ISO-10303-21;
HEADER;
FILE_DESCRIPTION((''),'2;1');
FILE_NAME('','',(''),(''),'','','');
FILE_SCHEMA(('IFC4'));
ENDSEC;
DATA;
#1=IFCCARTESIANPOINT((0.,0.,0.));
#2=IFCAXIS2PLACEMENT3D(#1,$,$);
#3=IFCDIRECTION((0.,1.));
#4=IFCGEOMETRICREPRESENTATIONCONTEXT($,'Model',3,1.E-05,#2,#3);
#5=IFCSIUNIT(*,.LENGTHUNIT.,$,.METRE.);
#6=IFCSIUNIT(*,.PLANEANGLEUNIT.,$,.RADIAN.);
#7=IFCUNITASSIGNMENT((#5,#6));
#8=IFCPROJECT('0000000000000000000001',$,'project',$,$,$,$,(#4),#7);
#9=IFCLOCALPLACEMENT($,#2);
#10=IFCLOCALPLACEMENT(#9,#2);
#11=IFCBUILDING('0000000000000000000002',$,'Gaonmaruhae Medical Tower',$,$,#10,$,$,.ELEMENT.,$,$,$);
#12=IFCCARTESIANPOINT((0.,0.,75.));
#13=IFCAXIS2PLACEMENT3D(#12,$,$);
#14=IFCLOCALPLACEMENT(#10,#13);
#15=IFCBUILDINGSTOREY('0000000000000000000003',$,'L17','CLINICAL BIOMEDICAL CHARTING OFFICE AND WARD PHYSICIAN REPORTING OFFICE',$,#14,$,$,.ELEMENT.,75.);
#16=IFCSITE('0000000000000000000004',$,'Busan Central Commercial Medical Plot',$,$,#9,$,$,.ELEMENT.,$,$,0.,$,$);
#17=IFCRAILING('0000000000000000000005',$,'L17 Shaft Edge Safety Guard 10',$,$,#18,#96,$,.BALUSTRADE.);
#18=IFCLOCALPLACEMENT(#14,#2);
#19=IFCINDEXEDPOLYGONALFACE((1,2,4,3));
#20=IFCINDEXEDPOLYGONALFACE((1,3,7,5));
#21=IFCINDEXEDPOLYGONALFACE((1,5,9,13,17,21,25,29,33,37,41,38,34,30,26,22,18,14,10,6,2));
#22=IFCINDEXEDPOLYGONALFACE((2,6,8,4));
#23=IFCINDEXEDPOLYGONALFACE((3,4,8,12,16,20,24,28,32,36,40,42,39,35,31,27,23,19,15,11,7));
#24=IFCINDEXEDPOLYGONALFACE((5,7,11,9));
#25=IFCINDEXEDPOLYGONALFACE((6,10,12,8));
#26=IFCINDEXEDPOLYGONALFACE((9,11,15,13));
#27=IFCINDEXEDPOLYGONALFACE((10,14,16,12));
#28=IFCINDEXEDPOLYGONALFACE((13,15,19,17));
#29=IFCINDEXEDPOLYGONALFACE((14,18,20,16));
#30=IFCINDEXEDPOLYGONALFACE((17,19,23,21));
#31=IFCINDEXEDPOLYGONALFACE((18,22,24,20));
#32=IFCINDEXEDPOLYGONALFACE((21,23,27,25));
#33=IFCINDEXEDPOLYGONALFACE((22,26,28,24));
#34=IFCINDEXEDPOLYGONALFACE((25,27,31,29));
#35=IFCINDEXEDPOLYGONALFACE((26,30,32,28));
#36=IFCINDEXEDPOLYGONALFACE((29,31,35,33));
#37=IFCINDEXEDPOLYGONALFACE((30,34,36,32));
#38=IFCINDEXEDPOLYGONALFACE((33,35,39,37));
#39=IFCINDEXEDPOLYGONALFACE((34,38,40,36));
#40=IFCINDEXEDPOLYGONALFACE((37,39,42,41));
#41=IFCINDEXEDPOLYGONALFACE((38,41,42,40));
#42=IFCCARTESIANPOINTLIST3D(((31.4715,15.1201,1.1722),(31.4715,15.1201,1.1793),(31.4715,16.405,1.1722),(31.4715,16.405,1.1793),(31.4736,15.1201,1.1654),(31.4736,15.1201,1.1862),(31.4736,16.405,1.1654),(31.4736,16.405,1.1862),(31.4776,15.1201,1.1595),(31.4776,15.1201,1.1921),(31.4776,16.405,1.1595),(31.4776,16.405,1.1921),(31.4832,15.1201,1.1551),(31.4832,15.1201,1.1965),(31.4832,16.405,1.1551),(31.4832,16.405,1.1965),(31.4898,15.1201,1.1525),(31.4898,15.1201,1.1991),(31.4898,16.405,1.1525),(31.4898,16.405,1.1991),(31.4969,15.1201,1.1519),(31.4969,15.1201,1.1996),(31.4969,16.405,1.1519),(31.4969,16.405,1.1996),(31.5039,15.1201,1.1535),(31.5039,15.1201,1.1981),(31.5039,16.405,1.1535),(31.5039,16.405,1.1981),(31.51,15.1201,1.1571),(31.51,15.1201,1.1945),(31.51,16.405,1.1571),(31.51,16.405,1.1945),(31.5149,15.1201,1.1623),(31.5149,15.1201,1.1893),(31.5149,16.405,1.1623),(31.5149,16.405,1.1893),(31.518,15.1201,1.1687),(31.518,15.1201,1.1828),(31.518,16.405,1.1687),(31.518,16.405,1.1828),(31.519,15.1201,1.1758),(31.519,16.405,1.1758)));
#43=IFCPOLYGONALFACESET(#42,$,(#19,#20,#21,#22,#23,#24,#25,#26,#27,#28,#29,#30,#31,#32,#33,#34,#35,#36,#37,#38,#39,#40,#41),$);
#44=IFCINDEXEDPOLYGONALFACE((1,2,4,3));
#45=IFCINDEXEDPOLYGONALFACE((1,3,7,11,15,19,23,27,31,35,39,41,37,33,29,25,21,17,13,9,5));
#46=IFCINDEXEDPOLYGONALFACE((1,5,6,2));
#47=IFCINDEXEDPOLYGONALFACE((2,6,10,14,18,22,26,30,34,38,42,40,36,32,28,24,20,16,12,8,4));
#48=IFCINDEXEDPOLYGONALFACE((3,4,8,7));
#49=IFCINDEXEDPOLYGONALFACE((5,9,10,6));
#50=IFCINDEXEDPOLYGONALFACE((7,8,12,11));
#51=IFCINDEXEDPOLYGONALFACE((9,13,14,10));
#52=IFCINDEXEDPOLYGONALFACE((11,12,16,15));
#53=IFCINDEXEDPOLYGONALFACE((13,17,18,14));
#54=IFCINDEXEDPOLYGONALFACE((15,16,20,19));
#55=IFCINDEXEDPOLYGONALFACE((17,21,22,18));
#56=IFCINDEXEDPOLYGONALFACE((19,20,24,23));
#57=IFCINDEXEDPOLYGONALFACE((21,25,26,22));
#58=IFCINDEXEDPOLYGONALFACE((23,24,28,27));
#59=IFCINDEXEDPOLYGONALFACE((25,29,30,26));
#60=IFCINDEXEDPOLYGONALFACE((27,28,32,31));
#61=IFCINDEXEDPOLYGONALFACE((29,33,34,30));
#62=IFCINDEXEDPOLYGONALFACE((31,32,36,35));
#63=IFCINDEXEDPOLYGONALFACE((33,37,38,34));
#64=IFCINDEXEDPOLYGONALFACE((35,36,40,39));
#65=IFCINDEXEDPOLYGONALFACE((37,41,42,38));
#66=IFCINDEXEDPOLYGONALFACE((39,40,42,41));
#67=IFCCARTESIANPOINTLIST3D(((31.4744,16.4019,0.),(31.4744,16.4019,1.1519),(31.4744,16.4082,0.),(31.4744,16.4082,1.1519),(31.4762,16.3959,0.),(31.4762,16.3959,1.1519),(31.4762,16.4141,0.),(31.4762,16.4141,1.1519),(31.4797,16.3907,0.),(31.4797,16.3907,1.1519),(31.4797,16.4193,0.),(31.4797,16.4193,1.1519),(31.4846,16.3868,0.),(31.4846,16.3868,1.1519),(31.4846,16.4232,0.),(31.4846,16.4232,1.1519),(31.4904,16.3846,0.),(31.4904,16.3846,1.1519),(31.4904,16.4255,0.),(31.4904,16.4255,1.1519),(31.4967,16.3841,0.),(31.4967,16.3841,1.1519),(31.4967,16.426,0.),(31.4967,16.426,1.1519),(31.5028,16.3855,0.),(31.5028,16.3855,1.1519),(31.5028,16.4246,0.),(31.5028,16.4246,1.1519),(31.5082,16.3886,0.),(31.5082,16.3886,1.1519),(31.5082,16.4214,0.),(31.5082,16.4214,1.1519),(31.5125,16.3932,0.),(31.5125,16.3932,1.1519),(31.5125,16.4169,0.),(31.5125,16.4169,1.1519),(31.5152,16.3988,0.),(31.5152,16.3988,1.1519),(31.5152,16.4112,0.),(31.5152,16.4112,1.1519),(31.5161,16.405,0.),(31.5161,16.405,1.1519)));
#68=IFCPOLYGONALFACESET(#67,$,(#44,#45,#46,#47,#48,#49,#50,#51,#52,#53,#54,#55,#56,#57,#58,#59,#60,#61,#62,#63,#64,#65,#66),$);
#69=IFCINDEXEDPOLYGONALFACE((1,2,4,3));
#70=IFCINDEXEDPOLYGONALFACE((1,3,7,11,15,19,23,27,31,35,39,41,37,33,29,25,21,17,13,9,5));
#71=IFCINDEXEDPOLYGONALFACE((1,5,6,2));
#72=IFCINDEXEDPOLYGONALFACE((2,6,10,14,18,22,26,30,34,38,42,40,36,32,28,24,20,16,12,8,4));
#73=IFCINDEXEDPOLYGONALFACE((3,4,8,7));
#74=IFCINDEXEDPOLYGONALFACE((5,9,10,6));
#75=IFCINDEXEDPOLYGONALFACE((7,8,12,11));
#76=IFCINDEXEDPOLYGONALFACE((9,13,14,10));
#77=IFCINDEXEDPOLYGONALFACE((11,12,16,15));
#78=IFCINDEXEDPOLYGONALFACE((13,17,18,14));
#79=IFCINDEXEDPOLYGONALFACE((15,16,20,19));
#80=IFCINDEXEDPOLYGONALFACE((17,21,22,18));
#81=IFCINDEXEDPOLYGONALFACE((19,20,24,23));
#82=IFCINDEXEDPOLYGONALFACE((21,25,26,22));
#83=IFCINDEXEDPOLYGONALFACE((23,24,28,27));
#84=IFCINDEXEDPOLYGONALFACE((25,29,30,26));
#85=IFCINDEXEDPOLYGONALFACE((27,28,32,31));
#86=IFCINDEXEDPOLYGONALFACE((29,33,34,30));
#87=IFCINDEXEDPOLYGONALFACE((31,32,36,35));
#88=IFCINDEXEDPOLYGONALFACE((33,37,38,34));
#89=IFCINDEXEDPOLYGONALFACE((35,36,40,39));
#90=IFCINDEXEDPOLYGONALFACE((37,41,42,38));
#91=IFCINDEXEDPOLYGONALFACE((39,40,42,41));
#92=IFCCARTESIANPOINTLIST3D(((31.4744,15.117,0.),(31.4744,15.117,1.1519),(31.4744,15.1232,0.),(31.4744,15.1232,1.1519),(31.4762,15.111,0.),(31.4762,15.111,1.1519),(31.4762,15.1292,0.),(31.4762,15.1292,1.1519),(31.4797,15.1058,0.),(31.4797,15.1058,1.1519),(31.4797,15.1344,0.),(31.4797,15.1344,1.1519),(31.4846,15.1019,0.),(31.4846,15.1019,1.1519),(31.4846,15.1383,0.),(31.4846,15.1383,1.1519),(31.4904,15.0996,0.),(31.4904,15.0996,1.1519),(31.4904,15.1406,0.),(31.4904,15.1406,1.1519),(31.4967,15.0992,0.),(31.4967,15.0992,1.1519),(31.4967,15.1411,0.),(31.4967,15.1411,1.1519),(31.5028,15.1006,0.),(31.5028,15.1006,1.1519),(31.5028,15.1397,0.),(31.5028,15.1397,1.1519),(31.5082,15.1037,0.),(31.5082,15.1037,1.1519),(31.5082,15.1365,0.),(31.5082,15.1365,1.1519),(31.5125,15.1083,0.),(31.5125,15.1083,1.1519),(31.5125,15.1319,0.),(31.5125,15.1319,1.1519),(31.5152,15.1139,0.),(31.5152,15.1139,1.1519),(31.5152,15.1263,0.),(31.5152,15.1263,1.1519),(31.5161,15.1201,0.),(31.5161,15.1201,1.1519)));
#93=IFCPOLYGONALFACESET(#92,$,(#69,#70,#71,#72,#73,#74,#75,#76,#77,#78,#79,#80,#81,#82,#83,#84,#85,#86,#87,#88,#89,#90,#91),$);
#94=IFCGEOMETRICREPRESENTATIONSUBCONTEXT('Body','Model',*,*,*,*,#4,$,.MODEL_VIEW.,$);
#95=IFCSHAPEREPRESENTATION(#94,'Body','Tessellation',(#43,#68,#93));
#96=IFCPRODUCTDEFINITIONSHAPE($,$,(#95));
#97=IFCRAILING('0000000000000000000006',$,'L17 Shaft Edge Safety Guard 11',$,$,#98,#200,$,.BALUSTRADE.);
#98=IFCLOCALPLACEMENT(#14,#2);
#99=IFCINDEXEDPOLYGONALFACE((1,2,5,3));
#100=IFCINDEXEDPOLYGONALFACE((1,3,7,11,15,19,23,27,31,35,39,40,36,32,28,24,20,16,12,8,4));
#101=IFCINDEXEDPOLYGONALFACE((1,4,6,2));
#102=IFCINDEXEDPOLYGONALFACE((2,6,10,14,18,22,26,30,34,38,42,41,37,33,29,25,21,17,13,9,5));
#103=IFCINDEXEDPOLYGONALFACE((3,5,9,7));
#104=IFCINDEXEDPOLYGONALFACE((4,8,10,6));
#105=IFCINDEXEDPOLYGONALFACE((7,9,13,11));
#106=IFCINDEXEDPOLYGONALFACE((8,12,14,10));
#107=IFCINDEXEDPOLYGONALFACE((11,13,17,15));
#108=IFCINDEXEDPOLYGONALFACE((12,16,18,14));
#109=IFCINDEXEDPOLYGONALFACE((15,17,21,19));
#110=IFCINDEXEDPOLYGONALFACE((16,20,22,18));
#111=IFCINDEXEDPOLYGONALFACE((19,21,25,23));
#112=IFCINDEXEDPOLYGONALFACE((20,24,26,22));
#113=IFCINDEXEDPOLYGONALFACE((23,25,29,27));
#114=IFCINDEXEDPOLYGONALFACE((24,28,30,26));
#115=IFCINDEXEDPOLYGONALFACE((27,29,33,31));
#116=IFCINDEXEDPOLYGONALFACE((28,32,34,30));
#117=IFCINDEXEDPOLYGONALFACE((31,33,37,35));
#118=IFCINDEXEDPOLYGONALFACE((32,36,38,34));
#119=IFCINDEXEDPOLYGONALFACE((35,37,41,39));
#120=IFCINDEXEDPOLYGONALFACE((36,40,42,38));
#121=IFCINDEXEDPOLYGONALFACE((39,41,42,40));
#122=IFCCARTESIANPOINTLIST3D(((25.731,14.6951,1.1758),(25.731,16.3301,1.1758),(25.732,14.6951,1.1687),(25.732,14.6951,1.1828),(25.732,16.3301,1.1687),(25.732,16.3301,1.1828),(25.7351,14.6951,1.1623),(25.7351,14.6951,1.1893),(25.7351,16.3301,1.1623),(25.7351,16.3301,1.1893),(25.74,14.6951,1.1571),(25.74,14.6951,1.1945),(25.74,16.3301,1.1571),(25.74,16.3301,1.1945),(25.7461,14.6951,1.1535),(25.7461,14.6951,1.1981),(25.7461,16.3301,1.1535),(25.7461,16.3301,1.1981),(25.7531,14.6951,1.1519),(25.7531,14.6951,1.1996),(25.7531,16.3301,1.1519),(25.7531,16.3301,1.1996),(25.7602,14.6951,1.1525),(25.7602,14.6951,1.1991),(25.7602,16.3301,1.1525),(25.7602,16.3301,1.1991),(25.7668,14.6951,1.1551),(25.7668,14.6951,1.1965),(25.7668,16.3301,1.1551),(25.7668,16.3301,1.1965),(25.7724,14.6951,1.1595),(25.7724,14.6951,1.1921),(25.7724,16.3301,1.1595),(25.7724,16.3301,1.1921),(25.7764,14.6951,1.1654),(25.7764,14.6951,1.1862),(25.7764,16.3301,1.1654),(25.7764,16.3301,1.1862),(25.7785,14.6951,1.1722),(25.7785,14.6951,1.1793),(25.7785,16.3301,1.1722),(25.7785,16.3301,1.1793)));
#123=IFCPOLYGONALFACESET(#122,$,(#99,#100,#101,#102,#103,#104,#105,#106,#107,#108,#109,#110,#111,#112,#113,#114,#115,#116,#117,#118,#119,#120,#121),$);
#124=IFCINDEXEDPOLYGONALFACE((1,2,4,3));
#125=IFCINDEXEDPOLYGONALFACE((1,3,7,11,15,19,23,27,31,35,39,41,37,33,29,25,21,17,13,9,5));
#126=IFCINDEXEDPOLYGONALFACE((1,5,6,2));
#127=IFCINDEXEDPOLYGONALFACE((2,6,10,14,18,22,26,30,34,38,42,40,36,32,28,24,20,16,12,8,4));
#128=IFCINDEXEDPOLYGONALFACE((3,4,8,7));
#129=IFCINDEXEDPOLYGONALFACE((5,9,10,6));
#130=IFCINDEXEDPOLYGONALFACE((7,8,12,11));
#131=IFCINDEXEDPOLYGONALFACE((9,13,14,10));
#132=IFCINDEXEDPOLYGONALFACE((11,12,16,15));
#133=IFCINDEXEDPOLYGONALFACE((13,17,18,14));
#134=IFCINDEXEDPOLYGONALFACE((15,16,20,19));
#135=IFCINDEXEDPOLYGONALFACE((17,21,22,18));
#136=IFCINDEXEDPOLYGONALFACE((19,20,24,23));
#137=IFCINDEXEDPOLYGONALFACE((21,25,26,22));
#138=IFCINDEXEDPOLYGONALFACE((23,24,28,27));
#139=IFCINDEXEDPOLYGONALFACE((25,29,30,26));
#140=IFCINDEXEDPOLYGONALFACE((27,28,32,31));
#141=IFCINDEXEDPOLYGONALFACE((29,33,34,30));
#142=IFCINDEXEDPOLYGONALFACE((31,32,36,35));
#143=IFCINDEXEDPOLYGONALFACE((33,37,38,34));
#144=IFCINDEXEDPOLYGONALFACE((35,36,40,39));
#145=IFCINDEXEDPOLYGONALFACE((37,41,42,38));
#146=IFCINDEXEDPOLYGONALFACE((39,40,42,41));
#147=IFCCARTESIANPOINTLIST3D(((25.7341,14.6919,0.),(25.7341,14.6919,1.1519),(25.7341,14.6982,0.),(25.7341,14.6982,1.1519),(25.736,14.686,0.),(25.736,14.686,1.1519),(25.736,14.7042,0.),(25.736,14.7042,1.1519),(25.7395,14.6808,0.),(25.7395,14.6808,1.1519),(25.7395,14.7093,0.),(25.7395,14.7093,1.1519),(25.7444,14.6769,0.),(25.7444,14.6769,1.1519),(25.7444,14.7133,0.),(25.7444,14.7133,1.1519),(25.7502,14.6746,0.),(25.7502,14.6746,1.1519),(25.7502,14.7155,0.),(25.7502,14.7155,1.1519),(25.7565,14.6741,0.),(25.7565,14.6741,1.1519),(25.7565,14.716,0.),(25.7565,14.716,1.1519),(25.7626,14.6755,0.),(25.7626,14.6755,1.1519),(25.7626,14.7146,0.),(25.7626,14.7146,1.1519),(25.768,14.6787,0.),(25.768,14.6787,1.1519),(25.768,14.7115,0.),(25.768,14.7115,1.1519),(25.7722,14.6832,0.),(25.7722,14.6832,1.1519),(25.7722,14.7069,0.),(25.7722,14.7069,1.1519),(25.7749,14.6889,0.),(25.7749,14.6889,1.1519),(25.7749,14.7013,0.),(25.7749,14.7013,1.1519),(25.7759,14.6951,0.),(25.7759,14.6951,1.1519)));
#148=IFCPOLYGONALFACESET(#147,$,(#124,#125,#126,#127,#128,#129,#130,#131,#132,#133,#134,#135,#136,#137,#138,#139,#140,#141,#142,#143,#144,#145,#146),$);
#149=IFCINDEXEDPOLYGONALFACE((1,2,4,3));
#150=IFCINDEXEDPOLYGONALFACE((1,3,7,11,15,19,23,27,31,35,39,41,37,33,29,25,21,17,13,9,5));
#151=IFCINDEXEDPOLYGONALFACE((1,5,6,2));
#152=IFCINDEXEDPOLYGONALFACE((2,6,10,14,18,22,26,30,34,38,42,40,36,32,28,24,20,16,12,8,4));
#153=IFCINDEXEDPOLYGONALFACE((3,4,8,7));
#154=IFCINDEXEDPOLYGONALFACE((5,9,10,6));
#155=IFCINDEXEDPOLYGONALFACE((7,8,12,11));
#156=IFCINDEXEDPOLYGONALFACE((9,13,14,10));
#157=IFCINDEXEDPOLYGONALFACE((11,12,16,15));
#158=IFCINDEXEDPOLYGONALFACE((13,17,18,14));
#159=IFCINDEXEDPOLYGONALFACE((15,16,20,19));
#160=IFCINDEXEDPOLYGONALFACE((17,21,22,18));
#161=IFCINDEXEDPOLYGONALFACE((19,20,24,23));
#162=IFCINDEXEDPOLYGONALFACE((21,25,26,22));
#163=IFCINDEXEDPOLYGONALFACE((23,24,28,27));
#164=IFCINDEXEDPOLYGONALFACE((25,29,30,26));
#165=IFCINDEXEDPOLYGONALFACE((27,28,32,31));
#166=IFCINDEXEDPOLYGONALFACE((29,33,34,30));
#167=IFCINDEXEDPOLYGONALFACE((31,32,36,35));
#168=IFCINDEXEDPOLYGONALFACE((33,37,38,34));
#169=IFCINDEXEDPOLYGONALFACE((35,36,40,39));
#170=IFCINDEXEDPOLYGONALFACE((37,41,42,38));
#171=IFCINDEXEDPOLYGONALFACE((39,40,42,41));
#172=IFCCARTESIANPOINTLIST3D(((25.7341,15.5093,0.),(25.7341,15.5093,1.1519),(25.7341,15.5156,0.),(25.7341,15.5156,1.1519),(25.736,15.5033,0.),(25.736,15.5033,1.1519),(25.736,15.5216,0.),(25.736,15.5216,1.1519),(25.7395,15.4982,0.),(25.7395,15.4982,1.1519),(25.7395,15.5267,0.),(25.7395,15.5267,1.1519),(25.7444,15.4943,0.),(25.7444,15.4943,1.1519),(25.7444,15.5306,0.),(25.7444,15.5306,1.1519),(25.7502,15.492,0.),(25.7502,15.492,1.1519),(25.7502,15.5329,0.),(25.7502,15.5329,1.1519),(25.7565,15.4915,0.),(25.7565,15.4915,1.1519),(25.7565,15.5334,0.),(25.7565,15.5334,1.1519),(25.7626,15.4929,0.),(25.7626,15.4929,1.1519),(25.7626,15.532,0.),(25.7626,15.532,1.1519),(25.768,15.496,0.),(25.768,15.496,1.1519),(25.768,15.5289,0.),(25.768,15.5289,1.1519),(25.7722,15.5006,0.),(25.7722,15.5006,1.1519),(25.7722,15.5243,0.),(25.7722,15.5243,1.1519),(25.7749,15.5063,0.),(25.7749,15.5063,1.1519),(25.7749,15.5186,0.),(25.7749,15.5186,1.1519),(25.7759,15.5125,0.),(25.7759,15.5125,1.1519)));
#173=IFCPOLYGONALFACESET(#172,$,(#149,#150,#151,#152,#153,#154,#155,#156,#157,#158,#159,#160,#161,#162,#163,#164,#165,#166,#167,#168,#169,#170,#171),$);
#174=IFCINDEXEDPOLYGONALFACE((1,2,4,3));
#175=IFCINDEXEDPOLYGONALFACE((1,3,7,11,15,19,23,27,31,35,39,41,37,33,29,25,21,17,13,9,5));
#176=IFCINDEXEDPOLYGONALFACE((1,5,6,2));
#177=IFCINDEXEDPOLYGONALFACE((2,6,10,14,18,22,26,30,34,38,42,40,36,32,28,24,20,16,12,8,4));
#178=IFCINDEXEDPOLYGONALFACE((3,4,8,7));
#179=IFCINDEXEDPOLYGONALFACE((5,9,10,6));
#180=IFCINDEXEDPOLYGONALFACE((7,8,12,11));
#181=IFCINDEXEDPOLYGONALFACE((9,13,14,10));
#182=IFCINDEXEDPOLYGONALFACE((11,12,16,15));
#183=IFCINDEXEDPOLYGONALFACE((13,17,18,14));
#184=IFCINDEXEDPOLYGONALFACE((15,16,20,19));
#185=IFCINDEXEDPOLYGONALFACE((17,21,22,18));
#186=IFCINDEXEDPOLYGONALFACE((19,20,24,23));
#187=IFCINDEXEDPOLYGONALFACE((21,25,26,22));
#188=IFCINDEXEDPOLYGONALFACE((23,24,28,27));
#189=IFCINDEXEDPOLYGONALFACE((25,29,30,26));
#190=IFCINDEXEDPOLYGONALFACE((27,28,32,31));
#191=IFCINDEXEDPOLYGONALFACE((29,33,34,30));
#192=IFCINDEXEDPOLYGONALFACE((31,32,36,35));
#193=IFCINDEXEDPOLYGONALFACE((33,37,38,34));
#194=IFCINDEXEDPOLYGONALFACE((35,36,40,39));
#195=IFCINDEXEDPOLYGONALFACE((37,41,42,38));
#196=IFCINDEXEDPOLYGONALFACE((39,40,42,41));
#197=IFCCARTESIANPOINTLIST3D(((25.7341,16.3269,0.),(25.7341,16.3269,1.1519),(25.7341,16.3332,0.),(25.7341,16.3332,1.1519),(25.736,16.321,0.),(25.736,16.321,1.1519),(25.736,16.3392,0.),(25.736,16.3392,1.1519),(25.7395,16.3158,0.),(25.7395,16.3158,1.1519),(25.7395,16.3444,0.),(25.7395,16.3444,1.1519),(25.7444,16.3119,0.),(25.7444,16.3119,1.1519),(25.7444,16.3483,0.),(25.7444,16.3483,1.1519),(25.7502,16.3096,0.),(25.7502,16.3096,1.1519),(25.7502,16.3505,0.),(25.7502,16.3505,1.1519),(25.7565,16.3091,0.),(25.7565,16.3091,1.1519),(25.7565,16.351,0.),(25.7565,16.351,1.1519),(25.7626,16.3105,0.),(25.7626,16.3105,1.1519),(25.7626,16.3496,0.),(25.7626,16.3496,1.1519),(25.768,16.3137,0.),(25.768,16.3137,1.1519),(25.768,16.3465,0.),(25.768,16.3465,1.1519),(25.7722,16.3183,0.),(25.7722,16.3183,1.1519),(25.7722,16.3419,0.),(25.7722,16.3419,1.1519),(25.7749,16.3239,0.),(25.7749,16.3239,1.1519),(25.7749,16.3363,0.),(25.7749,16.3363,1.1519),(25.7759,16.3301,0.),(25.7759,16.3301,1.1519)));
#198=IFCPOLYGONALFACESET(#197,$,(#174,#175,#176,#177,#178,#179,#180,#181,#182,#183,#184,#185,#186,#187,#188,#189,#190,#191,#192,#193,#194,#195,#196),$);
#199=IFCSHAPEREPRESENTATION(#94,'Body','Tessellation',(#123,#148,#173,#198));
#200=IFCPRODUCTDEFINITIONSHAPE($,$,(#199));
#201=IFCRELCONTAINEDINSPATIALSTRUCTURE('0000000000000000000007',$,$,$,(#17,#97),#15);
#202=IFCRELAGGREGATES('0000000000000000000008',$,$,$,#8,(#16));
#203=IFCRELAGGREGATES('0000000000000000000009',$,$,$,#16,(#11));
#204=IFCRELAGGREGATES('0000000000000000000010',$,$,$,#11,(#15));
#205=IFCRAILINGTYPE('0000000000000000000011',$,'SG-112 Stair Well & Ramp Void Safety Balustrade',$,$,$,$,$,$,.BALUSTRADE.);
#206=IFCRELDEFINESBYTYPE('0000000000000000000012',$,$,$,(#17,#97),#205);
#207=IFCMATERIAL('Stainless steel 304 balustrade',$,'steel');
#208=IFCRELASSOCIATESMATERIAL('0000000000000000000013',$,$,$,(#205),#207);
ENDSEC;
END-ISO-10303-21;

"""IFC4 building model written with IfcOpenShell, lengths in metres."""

from ifc_helpers import new_model, si_unit, direction, frame, origin, origin_2d, place, context, subcontext, project, spatial, circle, extrude, material, type_object, element, save


model = new_model("IFC4")

# Units and contexts
model_context = context("Model", 3, precision=1e-05, world=origin(), true_north=direction((0.0, 1.0)))
body_context = subcontext(model_context, "Body", "Model", "MODEL_VIEW")
ifc_project = project(units=[si_unit("LENGTHUNIT", "METRE"), si_unit("PLANEANGLEUNIT", "RADIAN")], contexts=[model_context])

# Site, building, storey
site_placement = place(None, origin())
site = spatial("IfcSite", under=ifc_project, at=site_placement, Name="Busan Central Commercial Medical Plot", CompositionType="ELEMENT", RefElevation=0.0)
building_placement = place(site_placement, origin())
building = spatial("IfcBuilding", under=site, at=building_placement, Name="Gaonmaruhae Medical Tower", CompositionType="ELEMENT")
storey_placement = place(building_placement, frame((0.0, 0.0, 75.0)))
storey = spatial("IfcBuildingStorey", under=building, at=storey_placement, Name="L17", Description="CLINICAL BIOMEDICAL CHARTING OFFICE AND WARD PHYSICIAN REPORTING OFFICE", CompositionType="ELEMENT", Elevation=75.0)

# Railings
ifc_material_1 = material(Name="Stainless steel 304 balustrade", Category="steel")
railing_type = type_object("IfcRailingType", Name="SG-112 Stair Well & Ramp Void Safety Balustrade", PredefinedType="BALUSTRADE", material=ifc_material_1)
railing_1_placement = place(storey_placement, frame((31.4951, 16.405, 0.0)))
element("IfcRailing", 1, at=railing_1_placement, inside=storey, type_object=railing_type, Name="L17 Shaft Edge Safety Guard 10", PredefinedType="BALUSTRADE", context=body_context, shape_type="SweptSolid", body=[
    extrude(circle(Radius=0.0239, at=origin_2d()), frame((0.0, 0.0, 1.1758), z_axis=(0.0, -1.0, 0.0), x_axis=(1.0, 0.0, 0.0)), (0.0, 0.0, 1.0), 1.2849),
    extrude(circle(Radius=0.021, at=origin_2d()), origin(), (0.0, 0.0, 1.0), 1.1519),
    extrude(circle(Radius=0.021, at=origin_2d()), frame((0.0, -1.2849, 0.0)), (0.0, 0.0, 1.0), 1.1519),
])
railing_2_placement = place(storey_placement, frame((25.7549, 14.6951, 0.0)))
element("IfcRailing", 2, at=railing_2_placement, inside=storey, type_object=railing_type, Name="L17 Shaft Edge Safety Guard 11", PredefinedType="BALUSTRADE", context=body_context, shape_type="SweptSolid", body=[
    extrude(circle(Radius=0.0239, at=origin_2d()), frame((0.0, 0.0, 1.1758), z_axis=(0.0, 1.0, 0.0), x_axis=(-1.0, 0.0, 0.0)), (0.0, 0.0, 1.0), 1.635),
    extrude(circle(Radius=0.021, at=origin_2d()), origin(), (0.0, 0.0, 1.0), 1.1519),
    extrude(circle(Radius=0.021, at=origin_2d()), frame((0.0, 0.8174, 0.0)), (0.0, 0.0, 1.0), 1.1519),
    extrude(circle(Radius=0.021, at=origin_2d()), frame((0.0, 1.635, 0.0)), (0.0, 0.0, 1.0), 1.1519),
])

save(model, "model.ifc")
